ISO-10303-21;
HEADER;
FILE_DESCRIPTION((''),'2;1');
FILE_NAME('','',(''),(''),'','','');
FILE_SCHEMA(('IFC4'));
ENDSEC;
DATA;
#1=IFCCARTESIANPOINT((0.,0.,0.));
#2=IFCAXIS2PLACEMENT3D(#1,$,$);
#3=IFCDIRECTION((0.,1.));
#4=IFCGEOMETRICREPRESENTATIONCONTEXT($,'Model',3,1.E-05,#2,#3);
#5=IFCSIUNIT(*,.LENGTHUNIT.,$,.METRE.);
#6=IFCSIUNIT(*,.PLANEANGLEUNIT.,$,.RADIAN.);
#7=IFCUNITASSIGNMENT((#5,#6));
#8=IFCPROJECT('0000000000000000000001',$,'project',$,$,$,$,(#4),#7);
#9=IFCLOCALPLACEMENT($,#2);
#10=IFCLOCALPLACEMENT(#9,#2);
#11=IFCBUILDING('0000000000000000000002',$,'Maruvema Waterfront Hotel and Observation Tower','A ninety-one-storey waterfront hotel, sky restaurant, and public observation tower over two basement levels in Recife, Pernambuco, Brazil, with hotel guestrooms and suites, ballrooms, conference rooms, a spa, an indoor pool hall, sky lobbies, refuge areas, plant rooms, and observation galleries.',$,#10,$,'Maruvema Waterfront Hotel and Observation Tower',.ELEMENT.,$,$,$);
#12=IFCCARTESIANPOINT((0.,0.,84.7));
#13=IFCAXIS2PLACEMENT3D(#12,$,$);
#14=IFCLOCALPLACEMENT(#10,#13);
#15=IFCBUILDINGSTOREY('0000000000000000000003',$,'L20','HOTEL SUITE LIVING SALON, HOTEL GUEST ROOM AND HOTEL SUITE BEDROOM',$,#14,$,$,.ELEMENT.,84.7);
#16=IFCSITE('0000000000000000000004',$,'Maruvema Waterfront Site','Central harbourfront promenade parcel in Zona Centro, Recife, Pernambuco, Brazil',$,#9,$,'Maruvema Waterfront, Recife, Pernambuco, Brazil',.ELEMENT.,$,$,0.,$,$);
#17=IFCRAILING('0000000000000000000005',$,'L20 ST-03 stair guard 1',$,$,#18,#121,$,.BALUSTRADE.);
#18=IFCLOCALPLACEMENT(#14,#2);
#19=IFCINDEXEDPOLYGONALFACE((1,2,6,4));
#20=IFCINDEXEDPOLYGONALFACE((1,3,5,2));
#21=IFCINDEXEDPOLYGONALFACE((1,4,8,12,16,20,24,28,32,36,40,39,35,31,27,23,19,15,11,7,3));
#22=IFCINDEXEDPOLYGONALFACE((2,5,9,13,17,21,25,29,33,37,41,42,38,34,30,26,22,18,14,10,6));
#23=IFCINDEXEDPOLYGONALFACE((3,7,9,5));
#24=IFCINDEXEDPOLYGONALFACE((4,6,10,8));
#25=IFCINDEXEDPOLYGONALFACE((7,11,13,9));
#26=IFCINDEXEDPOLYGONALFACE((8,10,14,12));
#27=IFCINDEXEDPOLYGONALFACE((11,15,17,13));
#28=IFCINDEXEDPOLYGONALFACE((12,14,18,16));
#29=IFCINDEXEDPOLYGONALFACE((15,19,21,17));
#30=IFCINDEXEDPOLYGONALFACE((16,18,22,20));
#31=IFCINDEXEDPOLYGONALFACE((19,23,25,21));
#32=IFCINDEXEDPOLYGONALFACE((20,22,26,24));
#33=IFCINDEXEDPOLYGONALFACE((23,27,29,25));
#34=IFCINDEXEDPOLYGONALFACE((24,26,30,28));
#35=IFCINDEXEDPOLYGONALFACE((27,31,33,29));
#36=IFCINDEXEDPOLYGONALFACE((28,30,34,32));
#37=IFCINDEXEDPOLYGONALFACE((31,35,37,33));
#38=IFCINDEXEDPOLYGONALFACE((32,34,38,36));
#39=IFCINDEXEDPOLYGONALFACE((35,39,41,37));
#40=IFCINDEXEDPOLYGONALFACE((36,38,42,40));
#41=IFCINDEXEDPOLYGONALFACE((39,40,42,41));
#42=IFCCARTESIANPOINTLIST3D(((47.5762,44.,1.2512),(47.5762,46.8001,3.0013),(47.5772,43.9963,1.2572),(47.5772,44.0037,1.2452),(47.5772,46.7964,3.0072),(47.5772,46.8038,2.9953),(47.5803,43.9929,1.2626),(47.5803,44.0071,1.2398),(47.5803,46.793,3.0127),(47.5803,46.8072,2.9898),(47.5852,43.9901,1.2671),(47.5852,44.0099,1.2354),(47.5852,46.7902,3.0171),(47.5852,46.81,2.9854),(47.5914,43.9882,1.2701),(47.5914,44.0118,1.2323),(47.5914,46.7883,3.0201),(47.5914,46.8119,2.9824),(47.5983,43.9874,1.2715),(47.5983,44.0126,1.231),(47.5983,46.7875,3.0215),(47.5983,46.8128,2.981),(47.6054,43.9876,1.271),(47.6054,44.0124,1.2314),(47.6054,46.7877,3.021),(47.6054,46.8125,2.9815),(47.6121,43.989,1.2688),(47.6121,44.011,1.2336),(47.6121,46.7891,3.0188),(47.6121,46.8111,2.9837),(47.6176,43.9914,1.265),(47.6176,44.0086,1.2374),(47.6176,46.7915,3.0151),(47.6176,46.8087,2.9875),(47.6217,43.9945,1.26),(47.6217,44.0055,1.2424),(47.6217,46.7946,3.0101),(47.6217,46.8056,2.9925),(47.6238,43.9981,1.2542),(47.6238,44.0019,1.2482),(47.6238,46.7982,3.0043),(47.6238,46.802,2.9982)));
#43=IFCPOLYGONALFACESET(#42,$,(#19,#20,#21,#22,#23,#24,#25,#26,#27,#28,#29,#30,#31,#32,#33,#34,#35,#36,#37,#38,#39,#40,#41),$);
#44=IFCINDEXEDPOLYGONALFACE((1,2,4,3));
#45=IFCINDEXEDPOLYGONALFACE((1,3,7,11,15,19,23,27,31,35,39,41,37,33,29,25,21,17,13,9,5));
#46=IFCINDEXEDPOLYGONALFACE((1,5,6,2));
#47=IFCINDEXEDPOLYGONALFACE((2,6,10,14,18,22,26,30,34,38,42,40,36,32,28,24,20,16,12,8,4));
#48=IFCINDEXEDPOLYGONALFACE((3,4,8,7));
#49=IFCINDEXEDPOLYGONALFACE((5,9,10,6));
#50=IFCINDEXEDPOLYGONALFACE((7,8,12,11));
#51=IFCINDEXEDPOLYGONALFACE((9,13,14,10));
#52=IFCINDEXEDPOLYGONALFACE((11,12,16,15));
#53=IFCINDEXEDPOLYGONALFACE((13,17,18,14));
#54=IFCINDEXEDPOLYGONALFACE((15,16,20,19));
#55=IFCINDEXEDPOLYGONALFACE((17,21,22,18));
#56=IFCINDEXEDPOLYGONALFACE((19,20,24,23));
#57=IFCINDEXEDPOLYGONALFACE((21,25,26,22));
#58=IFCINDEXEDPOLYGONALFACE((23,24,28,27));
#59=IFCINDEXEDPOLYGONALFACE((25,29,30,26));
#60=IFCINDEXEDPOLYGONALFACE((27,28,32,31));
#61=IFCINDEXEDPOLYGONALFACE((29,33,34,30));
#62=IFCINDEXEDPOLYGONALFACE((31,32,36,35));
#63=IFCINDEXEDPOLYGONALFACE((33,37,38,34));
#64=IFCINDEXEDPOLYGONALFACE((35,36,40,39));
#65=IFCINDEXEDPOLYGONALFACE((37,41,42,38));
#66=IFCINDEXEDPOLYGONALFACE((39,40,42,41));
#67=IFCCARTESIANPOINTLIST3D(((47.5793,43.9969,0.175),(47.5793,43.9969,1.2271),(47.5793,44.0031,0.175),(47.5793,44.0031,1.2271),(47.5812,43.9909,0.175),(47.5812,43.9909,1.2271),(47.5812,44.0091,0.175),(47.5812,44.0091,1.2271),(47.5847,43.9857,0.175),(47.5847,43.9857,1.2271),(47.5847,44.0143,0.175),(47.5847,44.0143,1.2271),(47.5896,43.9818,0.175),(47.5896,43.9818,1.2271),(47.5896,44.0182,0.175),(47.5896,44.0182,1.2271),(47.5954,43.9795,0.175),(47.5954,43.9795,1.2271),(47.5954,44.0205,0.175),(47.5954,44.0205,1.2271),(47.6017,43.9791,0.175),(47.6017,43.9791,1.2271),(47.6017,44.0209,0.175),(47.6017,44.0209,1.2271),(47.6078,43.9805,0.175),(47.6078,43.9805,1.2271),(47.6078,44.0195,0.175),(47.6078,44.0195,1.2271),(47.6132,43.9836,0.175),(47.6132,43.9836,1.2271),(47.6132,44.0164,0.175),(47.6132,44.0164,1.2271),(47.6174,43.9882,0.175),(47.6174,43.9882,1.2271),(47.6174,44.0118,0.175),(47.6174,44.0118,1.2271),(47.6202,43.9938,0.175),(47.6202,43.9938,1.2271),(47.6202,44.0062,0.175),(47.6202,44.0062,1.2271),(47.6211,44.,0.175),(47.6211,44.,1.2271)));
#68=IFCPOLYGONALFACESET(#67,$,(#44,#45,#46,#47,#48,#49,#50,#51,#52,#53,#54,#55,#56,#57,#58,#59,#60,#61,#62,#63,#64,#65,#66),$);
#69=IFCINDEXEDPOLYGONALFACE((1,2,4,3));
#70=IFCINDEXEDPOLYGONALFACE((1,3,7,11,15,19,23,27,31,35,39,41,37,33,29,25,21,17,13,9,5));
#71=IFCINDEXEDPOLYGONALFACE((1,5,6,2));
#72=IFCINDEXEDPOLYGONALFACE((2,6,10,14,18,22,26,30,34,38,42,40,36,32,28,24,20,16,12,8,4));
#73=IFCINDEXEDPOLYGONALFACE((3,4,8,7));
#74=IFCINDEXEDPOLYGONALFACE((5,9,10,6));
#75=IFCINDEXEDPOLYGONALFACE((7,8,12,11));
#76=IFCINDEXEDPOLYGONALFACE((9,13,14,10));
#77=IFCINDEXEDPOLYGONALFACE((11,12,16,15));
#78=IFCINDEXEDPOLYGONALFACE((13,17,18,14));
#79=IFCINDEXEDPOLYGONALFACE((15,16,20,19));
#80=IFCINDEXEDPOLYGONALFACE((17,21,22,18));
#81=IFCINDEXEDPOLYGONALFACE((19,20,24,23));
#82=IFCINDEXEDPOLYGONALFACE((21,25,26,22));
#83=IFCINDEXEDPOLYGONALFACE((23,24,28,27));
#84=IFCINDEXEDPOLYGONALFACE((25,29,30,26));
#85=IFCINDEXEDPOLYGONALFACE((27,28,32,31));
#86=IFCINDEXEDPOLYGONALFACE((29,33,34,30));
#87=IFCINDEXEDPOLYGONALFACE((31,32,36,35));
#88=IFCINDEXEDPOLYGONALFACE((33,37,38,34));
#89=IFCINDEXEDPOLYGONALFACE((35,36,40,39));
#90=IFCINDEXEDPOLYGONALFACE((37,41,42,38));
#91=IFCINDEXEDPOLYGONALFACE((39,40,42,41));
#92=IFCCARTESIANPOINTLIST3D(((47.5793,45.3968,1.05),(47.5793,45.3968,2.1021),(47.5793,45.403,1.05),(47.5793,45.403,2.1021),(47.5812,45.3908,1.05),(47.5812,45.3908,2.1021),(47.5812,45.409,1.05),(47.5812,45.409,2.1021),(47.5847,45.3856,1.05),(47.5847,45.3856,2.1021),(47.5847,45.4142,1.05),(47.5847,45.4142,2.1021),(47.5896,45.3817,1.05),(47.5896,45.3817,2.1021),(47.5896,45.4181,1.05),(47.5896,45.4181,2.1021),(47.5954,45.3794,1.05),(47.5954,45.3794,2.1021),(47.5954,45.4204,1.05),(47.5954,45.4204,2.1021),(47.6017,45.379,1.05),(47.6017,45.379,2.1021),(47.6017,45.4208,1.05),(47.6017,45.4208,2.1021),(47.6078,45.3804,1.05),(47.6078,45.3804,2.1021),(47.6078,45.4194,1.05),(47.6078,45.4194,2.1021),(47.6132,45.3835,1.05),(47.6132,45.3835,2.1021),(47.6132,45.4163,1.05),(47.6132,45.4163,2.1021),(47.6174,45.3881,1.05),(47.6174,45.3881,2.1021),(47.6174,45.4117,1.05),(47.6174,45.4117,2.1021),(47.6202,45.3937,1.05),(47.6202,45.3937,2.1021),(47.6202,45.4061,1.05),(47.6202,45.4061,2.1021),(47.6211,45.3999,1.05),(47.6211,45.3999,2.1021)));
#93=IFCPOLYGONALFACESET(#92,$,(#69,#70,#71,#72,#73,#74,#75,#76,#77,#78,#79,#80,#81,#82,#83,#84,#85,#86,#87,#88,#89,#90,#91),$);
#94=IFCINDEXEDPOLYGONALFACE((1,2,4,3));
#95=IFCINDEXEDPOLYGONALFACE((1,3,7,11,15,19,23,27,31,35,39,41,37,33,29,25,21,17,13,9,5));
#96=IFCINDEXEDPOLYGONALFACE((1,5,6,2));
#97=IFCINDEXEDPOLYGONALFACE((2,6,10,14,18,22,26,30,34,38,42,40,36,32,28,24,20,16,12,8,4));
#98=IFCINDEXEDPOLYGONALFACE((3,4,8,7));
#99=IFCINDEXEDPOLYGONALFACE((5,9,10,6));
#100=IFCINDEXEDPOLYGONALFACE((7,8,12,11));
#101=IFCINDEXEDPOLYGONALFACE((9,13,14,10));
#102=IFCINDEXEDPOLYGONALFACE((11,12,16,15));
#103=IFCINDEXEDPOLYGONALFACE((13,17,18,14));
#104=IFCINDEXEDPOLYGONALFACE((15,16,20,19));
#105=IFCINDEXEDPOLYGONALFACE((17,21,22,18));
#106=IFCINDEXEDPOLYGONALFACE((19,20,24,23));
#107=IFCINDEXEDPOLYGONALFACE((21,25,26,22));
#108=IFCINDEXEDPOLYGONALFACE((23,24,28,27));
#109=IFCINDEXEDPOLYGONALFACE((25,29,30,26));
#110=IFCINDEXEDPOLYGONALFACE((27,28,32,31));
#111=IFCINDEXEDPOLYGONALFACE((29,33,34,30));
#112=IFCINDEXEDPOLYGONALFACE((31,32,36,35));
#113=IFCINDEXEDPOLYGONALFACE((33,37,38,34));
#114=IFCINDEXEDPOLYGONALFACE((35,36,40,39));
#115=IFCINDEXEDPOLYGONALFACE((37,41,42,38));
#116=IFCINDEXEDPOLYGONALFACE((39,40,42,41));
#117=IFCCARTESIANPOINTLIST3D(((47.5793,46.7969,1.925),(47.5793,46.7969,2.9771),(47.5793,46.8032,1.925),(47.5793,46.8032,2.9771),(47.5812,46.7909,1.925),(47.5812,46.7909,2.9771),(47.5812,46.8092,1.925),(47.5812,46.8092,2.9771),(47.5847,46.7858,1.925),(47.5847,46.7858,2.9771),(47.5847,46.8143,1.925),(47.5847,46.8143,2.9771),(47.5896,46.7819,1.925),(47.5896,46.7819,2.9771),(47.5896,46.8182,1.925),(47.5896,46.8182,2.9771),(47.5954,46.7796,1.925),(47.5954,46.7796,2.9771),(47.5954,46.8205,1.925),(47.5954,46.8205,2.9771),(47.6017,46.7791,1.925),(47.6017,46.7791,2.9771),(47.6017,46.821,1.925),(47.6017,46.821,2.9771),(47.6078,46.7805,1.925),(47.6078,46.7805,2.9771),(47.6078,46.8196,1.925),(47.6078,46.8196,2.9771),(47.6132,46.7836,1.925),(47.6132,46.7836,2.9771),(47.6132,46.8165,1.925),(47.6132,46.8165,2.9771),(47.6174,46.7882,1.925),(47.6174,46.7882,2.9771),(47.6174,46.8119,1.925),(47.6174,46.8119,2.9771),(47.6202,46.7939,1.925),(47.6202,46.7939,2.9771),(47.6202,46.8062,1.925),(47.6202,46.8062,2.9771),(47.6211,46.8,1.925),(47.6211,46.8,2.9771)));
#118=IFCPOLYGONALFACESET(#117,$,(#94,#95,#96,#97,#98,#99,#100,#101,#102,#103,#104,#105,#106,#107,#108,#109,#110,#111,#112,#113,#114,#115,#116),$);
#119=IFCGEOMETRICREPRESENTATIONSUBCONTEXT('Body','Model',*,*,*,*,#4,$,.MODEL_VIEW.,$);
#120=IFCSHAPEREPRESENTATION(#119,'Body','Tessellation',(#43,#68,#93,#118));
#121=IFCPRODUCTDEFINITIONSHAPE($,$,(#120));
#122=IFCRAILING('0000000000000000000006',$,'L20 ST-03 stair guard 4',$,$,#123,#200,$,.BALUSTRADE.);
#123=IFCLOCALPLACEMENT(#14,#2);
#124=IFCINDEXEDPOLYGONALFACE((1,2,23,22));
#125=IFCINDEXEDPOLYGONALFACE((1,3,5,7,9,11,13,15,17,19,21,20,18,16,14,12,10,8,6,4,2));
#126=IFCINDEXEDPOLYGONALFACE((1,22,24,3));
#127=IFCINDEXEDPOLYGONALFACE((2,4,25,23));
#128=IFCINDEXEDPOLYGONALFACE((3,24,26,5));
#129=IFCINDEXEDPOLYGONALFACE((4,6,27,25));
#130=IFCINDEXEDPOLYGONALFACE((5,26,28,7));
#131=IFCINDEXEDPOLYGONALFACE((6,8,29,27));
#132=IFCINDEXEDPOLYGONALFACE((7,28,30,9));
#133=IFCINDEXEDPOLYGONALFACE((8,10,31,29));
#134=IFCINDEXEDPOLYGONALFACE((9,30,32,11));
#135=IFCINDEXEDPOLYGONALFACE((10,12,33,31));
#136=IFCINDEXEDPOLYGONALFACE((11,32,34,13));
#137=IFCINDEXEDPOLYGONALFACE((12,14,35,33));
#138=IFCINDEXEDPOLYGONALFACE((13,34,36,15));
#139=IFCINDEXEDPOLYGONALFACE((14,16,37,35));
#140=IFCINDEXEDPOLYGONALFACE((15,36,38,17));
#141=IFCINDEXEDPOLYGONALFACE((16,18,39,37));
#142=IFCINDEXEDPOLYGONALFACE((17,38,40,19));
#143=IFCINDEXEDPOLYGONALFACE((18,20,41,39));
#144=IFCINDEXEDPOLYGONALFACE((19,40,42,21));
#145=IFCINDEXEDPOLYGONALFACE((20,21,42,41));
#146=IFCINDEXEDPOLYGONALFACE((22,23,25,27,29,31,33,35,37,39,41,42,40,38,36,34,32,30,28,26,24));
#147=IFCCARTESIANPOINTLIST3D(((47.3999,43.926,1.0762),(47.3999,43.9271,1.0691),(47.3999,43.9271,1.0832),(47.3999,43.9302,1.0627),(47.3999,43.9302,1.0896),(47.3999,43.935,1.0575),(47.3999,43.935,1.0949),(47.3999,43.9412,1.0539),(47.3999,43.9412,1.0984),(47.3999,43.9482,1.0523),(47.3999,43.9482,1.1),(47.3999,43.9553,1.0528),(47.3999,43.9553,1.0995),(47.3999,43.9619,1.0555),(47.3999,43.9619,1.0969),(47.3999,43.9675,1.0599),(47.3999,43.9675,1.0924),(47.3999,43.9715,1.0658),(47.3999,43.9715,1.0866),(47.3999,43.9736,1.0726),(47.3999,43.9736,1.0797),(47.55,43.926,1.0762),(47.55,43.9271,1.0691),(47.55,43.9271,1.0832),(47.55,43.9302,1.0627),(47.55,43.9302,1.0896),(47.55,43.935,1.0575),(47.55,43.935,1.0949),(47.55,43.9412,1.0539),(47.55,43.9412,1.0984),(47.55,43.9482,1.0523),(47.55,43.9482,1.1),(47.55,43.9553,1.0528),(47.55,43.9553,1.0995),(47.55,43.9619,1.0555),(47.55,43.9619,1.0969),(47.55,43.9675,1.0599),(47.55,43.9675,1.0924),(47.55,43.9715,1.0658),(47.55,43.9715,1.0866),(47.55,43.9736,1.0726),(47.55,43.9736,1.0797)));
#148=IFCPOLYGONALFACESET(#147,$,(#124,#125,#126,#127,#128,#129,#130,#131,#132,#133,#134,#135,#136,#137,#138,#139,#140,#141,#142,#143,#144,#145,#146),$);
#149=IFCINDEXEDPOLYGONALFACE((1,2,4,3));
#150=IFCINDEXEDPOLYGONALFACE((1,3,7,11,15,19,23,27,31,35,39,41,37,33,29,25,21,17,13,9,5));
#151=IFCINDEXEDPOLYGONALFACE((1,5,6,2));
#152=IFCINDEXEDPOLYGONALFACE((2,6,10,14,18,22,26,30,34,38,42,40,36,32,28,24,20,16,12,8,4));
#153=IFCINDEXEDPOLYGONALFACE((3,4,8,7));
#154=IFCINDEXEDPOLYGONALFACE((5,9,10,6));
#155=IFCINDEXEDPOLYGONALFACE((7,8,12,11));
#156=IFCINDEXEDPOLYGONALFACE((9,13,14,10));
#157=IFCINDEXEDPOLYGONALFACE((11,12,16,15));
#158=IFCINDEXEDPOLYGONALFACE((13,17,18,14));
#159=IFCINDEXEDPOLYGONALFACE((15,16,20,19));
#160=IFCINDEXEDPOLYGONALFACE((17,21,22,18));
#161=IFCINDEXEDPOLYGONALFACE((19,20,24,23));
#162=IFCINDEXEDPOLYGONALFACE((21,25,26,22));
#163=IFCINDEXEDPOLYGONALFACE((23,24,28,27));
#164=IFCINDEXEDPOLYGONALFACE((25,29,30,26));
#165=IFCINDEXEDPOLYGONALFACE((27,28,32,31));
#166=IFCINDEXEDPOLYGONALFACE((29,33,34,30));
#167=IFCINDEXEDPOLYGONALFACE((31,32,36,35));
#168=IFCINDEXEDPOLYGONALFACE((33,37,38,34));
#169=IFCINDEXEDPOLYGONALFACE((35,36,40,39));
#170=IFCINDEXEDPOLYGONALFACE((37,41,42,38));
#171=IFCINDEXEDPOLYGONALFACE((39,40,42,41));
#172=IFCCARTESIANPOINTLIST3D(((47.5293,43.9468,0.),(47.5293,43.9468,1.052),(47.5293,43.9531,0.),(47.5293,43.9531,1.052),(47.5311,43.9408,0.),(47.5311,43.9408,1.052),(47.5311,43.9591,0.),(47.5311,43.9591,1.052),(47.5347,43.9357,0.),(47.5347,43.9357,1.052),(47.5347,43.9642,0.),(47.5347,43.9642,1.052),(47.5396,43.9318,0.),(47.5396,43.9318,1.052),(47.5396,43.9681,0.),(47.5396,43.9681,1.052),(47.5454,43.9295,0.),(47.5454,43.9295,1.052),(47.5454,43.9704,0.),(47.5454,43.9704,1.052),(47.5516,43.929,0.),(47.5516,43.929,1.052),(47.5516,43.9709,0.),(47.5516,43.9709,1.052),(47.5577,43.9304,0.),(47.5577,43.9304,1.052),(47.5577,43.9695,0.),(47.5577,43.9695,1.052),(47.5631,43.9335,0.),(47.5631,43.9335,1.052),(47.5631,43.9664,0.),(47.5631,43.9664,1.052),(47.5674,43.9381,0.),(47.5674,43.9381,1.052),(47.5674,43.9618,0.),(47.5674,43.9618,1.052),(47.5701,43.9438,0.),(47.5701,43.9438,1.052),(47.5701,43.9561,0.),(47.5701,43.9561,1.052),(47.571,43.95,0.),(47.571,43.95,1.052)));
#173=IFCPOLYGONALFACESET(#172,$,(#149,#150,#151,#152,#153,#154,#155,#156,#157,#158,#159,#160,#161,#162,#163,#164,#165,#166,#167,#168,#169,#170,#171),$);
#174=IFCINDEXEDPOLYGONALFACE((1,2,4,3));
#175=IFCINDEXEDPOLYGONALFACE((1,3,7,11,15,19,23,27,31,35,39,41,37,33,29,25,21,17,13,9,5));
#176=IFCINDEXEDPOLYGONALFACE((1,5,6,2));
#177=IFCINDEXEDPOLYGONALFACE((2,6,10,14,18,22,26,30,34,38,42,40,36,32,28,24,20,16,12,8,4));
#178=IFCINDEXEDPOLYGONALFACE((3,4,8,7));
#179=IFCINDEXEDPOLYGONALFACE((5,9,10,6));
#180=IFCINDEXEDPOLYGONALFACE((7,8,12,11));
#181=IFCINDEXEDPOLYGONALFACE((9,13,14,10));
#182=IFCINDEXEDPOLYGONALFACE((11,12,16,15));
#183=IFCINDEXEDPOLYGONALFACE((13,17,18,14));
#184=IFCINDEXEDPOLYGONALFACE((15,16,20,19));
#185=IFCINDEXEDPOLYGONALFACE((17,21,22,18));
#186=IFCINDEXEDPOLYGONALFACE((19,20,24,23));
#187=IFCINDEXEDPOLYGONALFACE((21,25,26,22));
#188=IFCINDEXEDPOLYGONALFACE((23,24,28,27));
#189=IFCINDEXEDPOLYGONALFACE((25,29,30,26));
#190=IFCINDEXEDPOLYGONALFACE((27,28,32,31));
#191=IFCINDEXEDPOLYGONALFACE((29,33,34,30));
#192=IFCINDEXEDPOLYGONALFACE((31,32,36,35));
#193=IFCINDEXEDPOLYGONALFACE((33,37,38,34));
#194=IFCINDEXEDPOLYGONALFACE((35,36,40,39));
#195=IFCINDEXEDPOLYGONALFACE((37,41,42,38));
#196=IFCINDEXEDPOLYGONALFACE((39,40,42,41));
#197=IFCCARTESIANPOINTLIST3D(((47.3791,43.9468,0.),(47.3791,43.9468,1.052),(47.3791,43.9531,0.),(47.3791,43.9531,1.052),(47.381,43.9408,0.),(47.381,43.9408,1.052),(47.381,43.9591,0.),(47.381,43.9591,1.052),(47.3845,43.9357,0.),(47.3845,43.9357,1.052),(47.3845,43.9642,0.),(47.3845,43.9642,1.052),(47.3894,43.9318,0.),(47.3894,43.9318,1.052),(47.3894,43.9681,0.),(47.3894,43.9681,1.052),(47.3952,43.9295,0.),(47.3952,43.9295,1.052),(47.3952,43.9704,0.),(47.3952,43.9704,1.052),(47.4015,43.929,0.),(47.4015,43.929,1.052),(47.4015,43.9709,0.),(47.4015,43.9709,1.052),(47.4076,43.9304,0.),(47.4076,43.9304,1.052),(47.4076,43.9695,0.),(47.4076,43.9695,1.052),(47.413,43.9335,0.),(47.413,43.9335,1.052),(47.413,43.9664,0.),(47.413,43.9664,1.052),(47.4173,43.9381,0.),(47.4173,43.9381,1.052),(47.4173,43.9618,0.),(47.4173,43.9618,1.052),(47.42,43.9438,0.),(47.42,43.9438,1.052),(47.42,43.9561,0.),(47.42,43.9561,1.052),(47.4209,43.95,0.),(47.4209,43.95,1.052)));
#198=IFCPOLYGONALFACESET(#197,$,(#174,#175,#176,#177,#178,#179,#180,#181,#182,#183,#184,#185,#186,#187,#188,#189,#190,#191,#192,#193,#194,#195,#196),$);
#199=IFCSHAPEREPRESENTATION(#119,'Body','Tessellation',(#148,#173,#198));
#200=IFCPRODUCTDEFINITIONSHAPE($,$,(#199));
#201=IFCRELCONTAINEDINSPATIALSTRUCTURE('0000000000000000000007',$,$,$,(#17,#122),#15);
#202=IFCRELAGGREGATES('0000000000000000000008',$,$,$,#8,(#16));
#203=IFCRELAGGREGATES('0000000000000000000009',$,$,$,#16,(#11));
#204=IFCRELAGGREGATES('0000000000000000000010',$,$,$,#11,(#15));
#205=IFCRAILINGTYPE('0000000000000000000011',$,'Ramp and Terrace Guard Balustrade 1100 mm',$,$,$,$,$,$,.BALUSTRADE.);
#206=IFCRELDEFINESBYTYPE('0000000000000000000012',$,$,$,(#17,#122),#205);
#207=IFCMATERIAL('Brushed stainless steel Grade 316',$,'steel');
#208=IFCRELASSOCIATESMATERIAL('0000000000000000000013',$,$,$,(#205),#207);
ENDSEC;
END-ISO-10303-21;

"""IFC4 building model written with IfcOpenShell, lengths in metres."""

from ifc_helpers import new_model, si_unit, direction, frame, origin, origin_2d, place, context, subcontext, project, spatial, circle, extrude, material, type_object, element, save


model = new_model("IFC4")

# Units and contexts
model_context = context("Model", 3, precision=1e-05, world=origin(), true_north=direction((0.0, 1.0)))
body_context = subcontext(model_context, "Body", "Model", "MODEL_VIEW")
ifc_project = project(units=[si_unit("LENGTHUNIT", "METRE"), si_unit("PLANEANGLEUNIT", "RADIAN")], contexts=[model_context])

# Site, building, storey
site_placement = place(None, origin())
site = spatial("IfcSite", under=ifc_project, at=site_placement, Name="Maruvema Waterfront Site", Description="Central harbourfront promenade parcel in Zona Centro, Recife, Pernambuco, Brazil", LongName="Maruvema Waterfront, Recife, Pernambuco, Brazil", CompositionType="ELEMENT", RefElevation=0.0)
building_placement = place(site_placement, origin())
building = spatial("IfcBuilding", under=site, at=building_placement, Name="Maruvema Waterfront Hotel and Observation Tower", Description="A ninety-one-storey waterfront hotel, sky restaurant, and public observation tower over two basement levels in Recife, Pernambuco, Brazil, with hotel guestrooms and suites, ballrooms, conference rooms, a spa, an indoor pool hall, sky lobbies, refuge areas, plant rooms, and observation galleries.", LongName="Maruvema Waterfront Hotel and Observation Tower", CompositionType="ELEMENT")
storey_placement = place(building_placement, frame((0.0, 0.0, 84.7)))
storey = spatial("IfcBuildingStorey", under=building, at=storey_placement, Name="L20", Description="HOTEL SUITE LIVING SALON, HOTEL GUEST ROOM AND HOTEL SUITE BEDROOM", CompositionType="ELEMENT", Elevation=84.7)

# Railings
ifc_material_1 = material(Name="Brushed stainless steel Grade 316", Category="steel")
railing_type_1 = type_object("IfcRailingType", Name="Ramp and Terrace Guard Balustrade 1100 mm", PredefinedType="BALUSTRADE", material=ifc_material_1)
railing_1_placement = place(storey_placement, frame((47.6001, 44.0, 0.175)))
element("IfcRailing", 1, at=railing_1_placement, inside=storey, type_object=railing_type_1, Name="L20 ST-03 stair guard 1", PredefinedType="BALUSTRADE", context=body_context, shape_type="SweptSolid", body=[
    extrude(circle(Radius=0.0239, at=origin_2d()), frame((0.0, 0.0, 1.0762), z_axis=(0.0, 0.848002, 0.529992), x_axis=(-1.0, 0.0, 0.0)), (0.0, 0.0, 1.0), 3.302),
    extrude(circle(Radius=0.021, at=origin_2d()), origin(), (0.0, 0.0, 1.0), 1.052),
    extrude(circle(Radius=0.021, at=origin_2d()), frame((0.0, 1.3999, 0.875)), (0.0, 0.0, 1.0), 1.052),
    extrude(circle(Radius=0.021, at=origin_2d()), frame((0.0, 2.8, 1.75)), (0.0, 0.0, 1.0), 1.052),
])
railing_2_placement = place(storey_placement, frame((47.55, 43.95, 0.0)))
element("IfcRailing", 2, at=railing_2_placement, inside=storey, type_object=railing_type_1, Name="L20 ST-03 stair guard 4", PredefinedType="BALUSTRADE", context=body_context, shape_type="SweptSolid", body=[
    extrude(circle(Radius=0.0239, at=origin_2d()), frame((0.0, 0.0, 1.0762), z_axis=(-1.0, 0.0, 0.0), x_axis=(0.0, -1.0, 0.0)), (0.0, 0.0, 1.0), 0.1501),
    extrude(circle(Radius=0.021, at=origin_2d()), origin(), (0.0, 0.0, 1.0), 1.052),
    extrude(circle(Radius=0.021, at=origin_2d()), frame((-0.1501, 0.0, 0.0)), (0.0, 0.0, 1.0), 1.052),
])

save(model, "model.ifc")
